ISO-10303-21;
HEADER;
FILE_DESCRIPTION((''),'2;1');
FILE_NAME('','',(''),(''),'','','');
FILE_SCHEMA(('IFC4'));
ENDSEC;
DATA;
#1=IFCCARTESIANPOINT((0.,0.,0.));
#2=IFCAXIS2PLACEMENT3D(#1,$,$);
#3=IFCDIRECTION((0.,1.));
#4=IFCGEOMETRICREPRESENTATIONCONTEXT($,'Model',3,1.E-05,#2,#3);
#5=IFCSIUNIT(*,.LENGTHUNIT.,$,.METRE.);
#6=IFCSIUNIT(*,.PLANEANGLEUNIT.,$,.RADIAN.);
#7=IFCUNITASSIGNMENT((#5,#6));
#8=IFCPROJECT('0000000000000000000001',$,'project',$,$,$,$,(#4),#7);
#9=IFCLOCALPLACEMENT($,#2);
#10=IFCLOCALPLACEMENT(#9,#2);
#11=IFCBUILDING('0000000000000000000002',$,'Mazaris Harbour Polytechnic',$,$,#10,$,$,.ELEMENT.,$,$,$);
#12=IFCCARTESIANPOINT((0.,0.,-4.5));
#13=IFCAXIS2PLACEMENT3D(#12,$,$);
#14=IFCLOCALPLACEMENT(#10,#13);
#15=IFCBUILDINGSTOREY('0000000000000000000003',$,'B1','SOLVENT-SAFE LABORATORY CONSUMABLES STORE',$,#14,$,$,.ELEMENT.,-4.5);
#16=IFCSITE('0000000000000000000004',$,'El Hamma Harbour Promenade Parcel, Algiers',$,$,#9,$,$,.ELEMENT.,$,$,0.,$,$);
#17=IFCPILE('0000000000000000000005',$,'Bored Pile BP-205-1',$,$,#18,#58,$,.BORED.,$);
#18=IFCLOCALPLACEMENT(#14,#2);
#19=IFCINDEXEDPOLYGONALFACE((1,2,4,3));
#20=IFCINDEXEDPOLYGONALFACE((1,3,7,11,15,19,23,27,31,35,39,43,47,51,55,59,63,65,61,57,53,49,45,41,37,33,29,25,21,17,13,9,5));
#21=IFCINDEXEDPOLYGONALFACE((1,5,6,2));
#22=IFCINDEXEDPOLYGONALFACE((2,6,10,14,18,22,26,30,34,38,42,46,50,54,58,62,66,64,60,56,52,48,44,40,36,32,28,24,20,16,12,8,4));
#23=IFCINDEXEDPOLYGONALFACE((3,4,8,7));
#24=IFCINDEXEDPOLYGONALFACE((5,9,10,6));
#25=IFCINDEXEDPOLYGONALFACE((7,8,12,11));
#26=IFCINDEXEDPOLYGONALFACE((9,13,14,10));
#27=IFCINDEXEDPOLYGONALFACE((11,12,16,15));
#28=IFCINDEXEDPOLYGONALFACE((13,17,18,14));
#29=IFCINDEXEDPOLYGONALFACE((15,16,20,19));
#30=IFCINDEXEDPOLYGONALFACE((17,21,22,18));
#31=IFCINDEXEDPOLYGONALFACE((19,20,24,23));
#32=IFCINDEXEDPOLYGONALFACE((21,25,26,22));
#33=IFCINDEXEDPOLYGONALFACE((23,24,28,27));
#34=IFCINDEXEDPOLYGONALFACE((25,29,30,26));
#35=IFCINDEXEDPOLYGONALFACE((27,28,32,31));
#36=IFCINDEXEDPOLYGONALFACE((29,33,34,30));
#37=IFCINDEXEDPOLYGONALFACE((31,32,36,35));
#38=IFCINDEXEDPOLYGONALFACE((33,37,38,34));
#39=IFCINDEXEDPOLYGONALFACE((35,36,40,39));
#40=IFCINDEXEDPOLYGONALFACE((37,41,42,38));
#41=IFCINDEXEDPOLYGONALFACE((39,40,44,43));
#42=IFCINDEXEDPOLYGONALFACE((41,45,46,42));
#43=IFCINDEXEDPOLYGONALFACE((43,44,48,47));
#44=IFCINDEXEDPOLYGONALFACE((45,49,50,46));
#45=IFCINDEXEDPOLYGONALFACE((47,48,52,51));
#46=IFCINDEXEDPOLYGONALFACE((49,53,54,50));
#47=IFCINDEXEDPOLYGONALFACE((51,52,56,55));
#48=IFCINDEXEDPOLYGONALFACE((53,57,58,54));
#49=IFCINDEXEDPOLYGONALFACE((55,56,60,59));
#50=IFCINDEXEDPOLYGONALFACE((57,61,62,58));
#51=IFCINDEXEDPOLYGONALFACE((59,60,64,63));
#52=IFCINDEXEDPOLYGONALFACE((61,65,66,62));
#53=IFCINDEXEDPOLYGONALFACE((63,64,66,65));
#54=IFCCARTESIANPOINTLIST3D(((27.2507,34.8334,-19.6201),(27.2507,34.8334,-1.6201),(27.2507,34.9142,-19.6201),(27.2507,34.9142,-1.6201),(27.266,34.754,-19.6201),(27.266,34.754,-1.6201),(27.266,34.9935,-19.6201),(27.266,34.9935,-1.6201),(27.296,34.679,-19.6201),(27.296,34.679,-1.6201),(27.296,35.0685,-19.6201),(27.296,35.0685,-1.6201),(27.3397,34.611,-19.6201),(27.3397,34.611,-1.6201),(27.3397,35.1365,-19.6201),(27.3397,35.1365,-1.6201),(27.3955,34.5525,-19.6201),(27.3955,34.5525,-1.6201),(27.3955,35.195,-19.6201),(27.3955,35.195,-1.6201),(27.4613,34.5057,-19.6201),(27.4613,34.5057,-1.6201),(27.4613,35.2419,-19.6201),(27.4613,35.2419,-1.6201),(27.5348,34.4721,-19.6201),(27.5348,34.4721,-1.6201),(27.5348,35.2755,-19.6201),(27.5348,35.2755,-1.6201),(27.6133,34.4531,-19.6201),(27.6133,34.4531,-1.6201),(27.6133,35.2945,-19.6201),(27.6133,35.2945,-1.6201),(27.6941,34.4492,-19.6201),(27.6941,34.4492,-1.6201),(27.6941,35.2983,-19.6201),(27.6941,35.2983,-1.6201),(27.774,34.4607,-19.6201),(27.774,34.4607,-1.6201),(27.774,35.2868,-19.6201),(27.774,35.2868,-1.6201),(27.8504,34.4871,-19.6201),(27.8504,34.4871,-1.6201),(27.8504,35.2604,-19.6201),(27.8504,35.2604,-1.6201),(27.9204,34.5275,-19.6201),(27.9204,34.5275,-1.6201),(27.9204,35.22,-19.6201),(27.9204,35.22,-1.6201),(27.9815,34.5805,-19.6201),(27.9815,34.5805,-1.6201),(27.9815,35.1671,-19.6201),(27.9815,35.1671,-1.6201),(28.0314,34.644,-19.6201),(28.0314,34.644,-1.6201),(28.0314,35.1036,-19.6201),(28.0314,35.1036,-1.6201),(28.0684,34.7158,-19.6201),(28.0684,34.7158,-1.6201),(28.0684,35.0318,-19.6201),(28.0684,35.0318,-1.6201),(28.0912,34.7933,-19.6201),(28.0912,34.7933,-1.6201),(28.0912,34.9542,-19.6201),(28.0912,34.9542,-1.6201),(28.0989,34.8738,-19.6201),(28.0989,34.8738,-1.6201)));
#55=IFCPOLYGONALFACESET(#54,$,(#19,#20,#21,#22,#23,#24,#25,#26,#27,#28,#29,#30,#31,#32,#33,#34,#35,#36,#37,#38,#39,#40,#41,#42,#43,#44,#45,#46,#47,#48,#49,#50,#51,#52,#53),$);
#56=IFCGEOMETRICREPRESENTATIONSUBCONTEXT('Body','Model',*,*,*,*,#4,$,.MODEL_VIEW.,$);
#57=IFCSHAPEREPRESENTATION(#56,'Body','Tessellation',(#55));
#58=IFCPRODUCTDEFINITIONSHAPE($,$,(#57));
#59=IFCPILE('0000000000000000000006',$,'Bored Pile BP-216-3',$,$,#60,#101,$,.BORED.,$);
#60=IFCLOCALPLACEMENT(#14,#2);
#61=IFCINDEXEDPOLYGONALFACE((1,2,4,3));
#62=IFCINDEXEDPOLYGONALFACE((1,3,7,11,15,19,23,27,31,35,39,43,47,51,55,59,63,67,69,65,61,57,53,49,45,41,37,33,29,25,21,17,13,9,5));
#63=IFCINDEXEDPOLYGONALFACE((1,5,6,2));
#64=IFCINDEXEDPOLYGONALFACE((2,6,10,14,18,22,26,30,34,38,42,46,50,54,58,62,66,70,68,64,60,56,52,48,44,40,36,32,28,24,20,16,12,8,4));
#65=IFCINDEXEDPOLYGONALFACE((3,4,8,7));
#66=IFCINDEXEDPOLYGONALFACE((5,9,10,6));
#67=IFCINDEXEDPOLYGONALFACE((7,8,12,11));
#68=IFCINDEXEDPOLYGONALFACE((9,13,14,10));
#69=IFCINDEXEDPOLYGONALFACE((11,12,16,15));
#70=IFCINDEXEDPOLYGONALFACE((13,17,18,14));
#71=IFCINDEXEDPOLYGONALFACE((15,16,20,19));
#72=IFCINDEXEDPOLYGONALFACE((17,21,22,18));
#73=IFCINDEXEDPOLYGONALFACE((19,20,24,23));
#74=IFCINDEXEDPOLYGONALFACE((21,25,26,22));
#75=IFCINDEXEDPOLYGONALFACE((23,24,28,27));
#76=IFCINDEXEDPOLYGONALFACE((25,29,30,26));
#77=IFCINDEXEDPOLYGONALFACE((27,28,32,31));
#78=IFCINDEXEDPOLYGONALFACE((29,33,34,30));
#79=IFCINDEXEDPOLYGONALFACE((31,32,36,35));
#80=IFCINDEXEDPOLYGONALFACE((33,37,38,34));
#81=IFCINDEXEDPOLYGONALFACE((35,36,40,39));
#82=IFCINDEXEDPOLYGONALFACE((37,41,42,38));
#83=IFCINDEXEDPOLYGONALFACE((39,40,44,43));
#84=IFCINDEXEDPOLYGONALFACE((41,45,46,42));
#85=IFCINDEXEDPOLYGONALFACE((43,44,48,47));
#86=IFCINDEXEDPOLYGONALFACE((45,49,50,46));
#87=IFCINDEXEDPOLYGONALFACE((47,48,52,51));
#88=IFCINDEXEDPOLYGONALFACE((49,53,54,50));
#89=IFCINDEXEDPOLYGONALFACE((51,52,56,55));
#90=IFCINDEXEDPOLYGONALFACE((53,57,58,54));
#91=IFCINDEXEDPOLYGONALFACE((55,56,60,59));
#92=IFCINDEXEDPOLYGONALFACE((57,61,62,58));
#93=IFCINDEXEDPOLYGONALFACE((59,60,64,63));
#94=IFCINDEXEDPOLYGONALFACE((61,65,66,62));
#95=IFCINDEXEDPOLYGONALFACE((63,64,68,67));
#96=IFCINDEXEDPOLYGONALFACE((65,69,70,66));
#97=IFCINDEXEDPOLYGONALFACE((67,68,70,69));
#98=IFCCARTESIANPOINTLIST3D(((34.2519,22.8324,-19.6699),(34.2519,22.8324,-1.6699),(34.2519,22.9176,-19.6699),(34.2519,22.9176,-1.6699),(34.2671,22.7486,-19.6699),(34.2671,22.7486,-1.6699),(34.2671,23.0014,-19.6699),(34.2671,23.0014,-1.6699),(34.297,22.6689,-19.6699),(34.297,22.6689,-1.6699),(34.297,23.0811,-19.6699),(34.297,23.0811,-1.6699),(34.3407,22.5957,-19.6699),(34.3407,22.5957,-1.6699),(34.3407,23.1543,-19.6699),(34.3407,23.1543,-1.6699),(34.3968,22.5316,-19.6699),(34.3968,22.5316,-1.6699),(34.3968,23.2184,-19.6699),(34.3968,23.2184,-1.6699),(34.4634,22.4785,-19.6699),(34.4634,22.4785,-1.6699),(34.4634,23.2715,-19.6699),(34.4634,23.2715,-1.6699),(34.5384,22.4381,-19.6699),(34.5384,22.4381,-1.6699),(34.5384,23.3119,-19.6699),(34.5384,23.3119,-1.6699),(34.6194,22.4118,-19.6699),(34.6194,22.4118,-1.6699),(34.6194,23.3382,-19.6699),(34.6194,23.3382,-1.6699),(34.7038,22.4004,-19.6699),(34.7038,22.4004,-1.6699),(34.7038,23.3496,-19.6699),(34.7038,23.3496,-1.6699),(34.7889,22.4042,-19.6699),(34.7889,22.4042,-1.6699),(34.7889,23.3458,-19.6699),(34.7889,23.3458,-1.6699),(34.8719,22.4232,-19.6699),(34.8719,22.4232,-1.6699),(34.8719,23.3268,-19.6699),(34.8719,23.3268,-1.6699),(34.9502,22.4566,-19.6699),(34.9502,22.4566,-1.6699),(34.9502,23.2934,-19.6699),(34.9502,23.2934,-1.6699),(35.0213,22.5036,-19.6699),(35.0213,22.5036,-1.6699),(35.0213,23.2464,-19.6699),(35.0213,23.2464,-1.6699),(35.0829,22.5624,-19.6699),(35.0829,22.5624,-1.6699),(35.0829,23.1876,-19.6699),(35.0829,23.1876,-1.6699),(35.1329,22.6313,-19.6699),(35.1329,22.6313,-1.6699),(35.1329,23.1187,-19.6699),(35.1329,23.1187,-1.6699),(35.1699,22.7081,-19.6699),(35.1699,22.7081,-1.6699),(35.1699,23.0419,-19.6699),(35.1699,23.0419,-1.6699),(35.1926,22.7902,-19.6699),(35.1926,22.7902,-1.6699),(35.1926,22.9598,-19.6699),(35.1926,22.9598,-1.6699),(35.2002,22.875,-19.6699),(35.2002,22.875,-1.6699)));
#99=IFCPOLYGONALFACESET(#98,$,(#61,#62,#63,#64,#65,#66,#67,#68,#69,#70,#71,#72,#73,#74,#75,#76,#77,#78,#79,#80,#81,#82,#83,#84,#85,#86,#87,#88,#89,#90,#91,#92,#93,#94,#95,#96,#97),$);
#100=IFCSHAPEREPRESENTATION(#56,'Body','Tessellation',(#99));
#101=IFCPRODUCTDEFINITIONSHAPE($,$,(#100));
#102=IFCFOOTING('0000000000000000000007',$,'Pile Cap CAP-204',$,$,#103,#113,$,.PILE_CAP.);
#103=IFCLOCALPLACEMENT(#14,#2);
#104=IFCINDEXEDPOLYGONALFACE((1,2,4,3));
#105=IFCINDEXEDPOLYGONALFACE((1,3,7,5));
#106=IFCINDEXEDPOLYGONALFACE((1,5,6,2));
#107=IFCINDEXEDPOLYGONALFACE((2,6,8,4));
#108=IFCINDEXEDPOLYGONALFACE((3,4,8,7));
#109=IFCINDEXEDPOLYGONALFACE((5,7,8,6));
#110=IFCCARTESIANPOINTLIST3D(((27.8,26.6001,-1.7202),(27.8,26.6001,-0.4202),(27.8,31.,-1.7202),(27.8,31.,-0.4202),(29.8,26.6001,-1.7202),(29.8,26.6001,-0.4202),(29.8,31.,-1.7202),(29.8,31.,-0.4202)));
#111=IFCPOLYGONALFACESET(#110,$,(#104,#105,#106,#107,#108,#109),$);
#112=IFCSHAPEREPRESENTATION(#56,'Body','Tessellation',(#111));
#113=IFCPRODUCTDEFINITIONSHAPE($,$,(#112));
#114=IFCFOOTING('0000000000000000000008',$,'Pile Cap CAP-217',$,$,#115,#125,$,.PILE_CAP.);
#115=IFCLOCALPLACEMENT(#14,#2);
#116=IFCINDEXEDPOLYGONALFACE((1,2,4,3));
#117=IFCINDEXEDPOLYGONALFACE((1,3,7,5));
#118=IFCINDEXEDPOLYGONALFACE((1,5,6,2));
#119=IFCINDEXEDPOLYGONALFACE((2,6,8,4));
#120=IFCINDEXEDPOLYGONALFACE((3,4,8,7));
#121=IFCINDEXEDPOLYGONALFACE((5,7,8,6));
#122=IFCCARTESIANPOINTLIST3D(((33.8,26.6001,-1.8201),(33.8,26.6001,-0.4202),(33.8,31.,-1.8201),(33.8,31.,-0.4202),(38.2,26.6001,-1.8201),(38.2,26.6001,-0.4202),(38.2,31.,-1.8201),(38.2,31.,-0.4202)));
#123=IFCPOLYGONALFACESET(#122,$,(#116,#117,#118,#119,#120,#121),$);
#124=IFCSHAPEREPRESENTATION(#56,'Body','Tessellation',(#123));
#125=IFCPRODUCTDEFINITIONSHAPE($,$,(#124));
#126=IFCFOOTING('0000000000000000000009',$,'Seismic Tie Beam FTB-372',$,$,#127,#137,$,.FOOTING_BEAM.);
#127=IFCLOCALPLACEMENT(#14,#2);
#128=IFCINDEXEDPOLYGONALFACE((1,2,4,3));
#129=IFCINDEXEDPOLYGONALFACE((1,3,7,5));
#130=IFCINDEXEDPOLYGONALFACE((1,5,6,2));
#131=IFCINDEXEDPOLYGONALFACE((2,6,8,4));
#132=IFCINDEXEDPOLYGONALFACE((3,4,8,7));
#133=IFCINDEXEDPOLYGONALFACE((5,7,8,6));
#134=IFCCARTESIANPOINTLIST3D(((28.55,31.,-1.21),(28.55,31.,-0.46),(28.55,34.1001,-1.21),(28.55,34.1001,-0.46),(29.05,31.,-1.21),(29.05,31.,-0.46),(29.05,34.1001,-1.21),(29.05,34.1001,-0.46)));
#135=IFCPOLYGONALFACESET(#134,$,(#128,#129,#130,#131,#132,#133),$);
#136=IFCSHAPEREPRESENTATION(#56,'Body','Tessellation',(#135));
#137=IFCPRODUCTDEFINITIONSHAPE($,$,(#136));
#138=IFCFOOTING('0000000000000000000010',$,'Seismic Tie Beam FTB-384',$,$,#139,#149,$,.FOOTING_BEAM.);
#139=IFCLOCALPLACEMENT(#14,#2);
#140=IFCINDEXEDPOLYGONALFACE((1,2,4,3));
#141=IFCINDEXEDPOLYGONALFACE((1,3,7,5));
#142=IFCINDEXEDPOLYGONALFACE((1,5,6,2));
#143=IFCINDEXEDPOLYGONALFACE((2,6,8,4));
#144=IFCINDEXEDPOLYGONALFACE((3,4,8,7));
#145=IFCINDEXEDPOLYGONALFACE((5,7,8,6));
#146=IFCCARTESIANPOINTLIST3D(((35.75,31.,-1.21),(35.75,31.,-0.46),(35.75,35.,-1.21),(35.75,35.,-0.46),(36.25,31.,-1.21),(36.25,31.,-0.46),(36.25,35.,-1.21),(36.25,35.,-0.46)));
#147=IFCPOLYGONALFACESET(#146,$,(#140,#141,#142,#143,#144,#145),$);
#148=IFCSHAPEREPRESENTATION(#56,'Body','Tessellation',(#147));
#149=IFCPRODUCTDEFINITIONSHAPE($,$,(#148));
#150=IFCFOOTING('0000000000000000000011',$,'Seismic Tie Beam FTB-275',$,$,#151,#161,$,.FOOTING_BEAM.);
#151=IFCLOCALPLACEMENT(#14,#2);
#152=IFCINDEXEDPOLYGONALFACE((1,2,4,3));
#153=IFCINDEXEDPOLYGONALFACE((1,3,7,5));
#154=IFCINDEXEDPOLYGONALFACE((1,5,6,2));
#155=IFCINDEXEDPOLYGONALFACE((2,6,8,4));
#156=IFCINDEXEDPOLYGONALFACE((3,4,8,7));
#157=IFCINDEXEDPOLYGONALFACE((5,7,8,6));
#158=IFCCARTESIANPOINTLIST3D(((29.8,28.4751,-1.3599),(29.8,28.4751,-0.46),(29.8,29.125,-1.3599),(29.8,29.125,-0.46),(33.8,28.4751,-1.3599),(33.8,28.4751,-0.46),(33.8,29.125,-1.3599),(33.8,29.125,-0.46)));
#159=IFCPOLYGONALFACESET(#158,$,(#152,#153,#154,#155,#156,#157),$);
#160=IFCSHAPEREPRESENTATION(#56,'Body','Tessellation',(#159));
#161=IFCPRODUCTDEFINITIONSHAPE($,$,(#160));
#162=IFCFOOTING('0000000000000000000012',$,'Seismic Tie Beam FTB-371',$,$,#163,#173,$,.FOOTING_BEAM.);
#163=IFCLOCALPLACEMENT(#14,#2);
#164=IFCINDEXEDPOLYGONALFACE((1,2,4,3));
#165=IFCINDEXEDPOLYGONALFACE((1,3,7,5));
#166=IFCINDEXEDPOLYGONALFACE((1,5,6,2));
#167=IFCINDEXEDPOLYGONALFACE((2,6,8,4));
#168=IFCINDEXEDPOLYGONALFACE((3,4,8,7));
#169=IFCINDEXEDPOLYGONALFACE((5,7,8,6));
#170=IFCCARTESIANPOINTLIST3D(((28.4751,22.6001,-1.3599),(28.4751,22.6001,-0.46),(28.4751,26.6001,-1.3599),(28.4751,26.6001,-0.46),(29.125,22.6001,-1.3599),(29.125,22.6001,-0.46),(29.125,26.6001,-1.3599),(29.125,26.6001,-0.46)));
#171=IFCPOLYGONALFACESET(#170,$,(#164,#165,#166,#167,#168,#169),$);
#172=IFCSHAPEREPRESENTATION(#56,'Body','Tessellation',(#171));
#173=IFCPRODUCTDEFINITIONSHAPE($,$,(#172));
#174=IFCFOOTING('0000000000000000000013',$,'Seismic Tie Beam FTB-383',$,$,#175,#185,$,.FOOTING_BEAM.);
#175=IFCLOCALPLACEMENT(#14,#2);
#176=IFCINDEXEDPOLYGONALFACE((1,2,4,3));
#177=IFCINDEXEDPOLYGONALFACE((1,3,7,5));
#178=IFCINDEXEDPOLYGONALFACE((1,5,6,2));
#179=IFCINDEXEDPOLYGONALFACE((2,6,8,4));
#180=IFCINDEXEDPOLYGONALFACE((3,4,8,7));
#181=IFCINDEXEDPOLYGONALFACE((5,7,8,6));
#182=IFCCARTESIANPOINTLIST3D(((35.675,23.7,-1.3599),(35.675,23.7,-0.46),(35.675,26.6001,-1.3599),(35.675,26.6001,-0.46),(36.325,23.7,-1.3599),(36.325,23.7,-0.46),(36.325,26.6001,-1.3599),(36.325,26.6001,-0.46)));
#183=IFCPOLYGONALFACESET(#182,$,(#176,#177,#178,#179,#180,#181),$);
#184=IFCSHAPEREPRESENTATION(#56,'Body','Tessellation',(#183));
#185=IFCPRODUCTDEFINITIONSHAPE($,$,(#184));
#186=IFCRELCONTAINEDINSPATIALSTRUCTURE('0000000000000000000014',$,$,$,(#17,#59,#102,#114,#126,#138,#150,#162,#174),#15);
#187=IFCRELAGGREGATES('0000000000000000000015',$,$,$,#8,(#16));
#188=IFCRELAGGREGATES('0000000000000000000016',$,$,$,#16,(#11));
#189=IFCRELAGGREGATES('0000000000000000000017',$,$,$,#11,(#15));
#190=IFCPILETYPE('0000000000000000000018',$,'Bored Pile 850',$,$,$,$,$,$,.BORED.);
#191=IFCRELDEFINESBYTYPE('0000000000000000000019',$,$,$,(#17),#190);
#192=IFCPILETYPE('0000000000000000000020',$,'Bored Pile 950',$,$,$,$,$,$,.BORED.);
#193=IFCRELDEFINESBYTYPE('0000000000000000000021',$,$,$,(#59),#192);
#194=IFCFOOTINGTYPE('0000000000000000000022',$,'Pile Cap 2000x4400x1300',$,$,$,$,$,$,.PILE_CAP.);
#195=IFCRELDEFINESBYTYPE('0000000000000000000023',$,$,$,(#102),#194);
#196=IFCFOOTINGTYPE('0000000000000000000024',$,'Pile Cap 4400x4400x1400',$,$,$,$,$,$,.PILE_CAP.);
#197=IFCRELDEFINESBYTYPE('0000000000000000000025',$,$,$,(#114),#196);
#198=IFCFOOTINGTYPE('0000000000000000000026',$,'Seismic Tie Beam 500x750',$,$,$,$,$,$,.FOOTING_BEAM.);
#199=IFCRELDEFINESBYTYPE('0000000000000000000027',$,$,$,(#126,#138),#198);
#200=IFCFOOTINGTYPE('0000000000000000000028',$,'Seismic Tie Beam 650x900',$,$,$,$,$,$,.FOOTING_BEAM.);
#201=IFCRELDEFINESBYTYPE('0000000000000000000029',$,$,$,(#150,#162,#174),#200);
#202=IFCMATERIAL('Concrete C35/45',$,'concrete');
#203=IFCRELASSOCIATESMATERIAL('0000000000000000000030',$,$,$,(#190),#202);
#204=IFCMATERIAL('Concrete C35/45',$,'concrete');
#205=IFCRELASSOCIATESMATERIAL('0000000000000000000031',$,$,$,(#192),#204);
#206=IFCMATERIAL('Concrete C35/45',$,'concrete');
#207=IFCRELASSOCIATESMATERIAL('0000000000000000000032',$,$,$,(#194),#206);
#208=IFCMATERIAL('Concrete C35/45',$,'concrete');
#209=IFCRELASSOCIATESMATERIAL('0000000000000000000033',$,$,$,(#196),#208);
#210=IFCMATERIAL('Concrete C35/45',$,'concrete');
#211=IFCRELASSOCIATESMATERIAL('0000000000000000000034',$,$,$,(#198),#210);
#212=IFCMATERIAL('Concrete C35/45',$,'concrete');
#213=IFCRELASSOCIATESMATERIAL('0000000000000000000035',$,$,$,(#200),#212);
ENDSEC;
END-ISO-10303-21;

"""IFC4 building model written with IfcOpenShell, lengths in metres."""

from ifc_helpers import new_model, si_unit, direction, frame, origin, origin_2d, place, context, subcontext, project, spatial, rectangle, circle, extrude, material, material_profile, profile_set, type_object, element, save


model = new_model("IFC4")

# Units and contexts
model_context = context("Model", 3, precision=1e-05, world=origin(), true_north=direction((0.0, 1.0)))
body_context = subcontext(model_context, "Body", "Model", "MODEL_VIEW")
ifc_project = project(units=[si_unit("LENGTHUNIT", "METRE"), si_unit("PLANEANGLEUNIT", "RADIAN")], contexts=[model_context])

# Site, building, storey
site_placement = place(None, origin())
site = spatial("IfcSite", under=ifc_project, at=site_placement, Name="El Hamma Harbour Promenade Parcel, Algiers", CompositionType="ELEMENT", RefElevation=0.0)
building_placement = place(site_placement, origin())
building = spatial("IfcBuilding", under=site, at=building_placement, Name="Mazaris Harbour Polytechnic", CompositionType="ELEMENT")
storey_placement = place(building_placement, frame((0.0, 0.0, -4.5)))
storey = spatial("IfcBuildingStorey", under=building, at=storey_placement, Name="B1", Description="SOLVENT-SAFE LABORATORY CONSUMABLES STORE", CompositionType="ELEMENT", Elevation=-4.5)

# Piles
ifc_material_1 = material(Name="Concrete C35/45", Category="concrete")
ifc_material_profile_1 = material_profile(ifc_material_1, circle(Radius=0.425, at=origin_2d()), Name="DIA850")
ifc_profile_set_1 = profile_set([ifc_material_profile_1], Name="Concrete C35/45")
pile_type_1 = type_object("IfcPileType", Name="Bored Pile 850", PredefinedType="BORED", material=ifc_profile_set_1)
pile_1_placement = place(storey_placement, frame((27.6738, 34.8738, -1.6201), z_axis=(0.0, 0.0, -1.0), x_axis=(1.0, 0.0, 0.0)))
element("IfcPile", 1, at=pile_1_placement, inside=storey, type_object=pile_type_1, Name="Bored Pile BP-205-1", PredefinedType="BORED", context=body_context, shape_type="SweptSolid", body=[
    extrude(circle(Radius=0.425, at=origin_2d()), origin(), (0.0, 0.0, 1.0), 18.0),
])
ifc_material_2 = material(Name="Concrete C35/45", Category="concrete")
ifc_material_profile_2 = material_profile(ifc_material_2, circle(Radius=0.4751, at=origin_2d()), Name="DIA950")
ifc_profile_set_2 = profile_set([ifc_material_profile_2], Name="Concrete C35/45")
pile_type_2 = type_object("IfcPileType", Name="Bored Pile 950", PredefinedType="BORED", material=ifc_profile_set_2)
pile_2_placement = place(storey_placement, frame((34.7251, 22.875, -1.6699), z_axis=(0.0, 0.0, -1.0), x_axis=(1.0, 0.0, 0.0)))
element("IfcPile", 2, at=pile_2_placement, inside=storey, type_object=pile_type_2, Name="Bored Pile BP-216-3", PredefinedType="BORED", context=body_context, shape_type="SweptSolid", body=[
    extrude(circle(Radius=0.4751, at=origin_2d()), origin(), (0.0, 0.0, 1.0), 18.0),
])

# Footings
ifc_material_3 = material(Name="Concrete C35/45", Category="concrete")
footing_type_1 = type_object("IfcFootingType", Name="Pile Cap 2000x4400x1300", PredefinedType="PILE_CAP", material=ifc_material_3)
footing_1_placement = place(storey_placement, frame((28.8, 28.8, -1.7202), z_axis=(0.0, 0.0, 1.0), x_axis=(1.0, 0.0, 0.0)))
element("IfcFooting", 3, at=footing_1_placement, inside=storey, type_object=footing_type_1, Name="Pile Cap CAP-204", PredefinedType="PILE_CAP", context=body_context, shape_type="SweptSolid", body=[
    extrude(rectangle(XDim=2.0, YDim=4.3999, at=origin_2d()), origin(), (0.0, 0.0, 1.0), 1.3),
])
ifc_material_4 = material(Name="Concrete C35/45", Category="concrete")
footing_type_2 = type_object("IfcFootingType", Name="Pile Cap 4400x4400x1400", PredefinedType="PILE_CAP", material=ifc_material_4)
footing_2_placement = place(storey_placement, frame((36.0, 28.8, -1.8201), z_axis=(0.0, 0.0, 1.0), x_axis=(1.0, 0.0, 0.0)))
element("IfcFooting", 4, at=footing_2_placement, inside=storey, type_object=footing_type_2, Name="Pile Cap CAP-217", PredefinedType="PILE_CAP", context=body_context, shape_type="SweptSolid", body=[
    extrude(rectangle(XDim=4.3999, YDim=4.3999, at=origin_2d()), origin(), (0.0, 0.0, 1.0), 1.3999),
])
ifc_material_5 = material(Name="Concrete C35/45", Category="concrete")
ifc_material_profile_3 = material_profile(ifc_material_5, rectangle(XDim=0.5, YDim=0.75, at=origin_2d()), Name="RECT500x750")
ifc_profile_set_3 = profile_set([ifc_material_profile_3], Name="Concrete C35/45")
footing_type_3 = type_object("IfcFootingType", Name="Seismic Tie Beam 500x750", PredefinedType="FOOTING_BEAM", material=ifc_profile_set_3)
footing_3_placement = place(storey_placement, frame((28.8, 31.0, -0.835), z_axis=(0.0, 1.0, 0.0), x_axis=(-1.0, 0.0, 0.0)))
element("IfcFooting", 5, at=footing_3_placement, inside=storey, type_object=footing_type_3, Name="Seismic Tie Beam FTB-372", PredefinedType="FOOTING_BEAM", context=body_context, shape_type="SweptSolid", body=[
    extrude(rectangle(XDim=0.5, YDim=0.75, at=origin_2d()), origin(), (0.0, 0.0, 1.0), 3.1001),
])
footing_4_placement = place(storey_placement, frame((36.0, 31.0, -0.835), z_axis=(0.0, 1.0, 0.0), x_axis=(-1.0, 0.0, 0.0)))
element("IfcFooting", 6, at=footing_4_placement, inside=storey, type_object=footing_type_3, Name="Seismic Tie Beam FTB-384", PredefinedType="FOOTING_BEAM", context=body_context, shape_type="SweptSolid", body=[
    extrude(rectangle(XDim=0.5, YDim=0.75, at=origin_2d()), origin(), (0.0, 0.0, 1.0), 4.0),
])
ifc_material_6 = material(Name="Concrete C35/45", Category="concrete")
ifc_material_profile_4 = material_profile(ifc_material_6, rectangle(XDim=0.6499, YDim=0.8999, at=origin_2d()), Name="RECT650x900")
ifc_profile_set_4 = profile_set([ifc_material_profile_4], Name="Concrete C35/45")
footing_type_4 = type_object("IfcFootingType", Name="Seismic Tie Beam 650x900", PredefinedType="FOOTING_BEAM", material=ifc_profile_set_4)
for number, where, z_axis, x_axis, name in (
    (7, (29.8, 28.8, -0.9099), (1.0, 0.0, 0.0), (0.0, 1.0, 0.0), "Seismic Tie Beam FTB-275"),
    (8, (28.8, 22.6001, -0.9099), (0.0, 1.0, 0.0), (-1.0, 0.0, 0.0), "Seismic Tie Beam FTB-371"),
):
    element("IfcFooting", number, at=place(storey_placement, frame(where, z_axis=z_axis, x_axis=x_axis)), inside=storey, type_object=footing_type_4, Name=name, PredefinedType="FOOTING_BEAM", context=body_context, shape_type="SweptSolid", body=[
        extrude(rectangle(XDim=0.6499, YDim=0.8999, at=origin_2d()), origin(), (0.0, 0.0, 1.0), 4.0),
    ])
footing_5_placement = place(storey_placement, frame((36.0, 23.7, -0.9099), z_axis=(0.0, 1.0, 0.0), x_axis=(-1.0, 0.0, 0.0)))
element("IfcFooting", 9, at=footing_5_placement, inside=storey, type_object=footing_type_4, Name="Seismic Tie Beam FTB-383", PredefinedType="FOOTING_BEAM", context=body_context, shape_type="SweptSolid", body=[
    extrude(rectangle(XDim=0.6499, YDim=0.8999, at=origin_2d()), origin(), (0.0, 0.0, 1.0), 2.9001),
])

save(model, "model.ifc")
